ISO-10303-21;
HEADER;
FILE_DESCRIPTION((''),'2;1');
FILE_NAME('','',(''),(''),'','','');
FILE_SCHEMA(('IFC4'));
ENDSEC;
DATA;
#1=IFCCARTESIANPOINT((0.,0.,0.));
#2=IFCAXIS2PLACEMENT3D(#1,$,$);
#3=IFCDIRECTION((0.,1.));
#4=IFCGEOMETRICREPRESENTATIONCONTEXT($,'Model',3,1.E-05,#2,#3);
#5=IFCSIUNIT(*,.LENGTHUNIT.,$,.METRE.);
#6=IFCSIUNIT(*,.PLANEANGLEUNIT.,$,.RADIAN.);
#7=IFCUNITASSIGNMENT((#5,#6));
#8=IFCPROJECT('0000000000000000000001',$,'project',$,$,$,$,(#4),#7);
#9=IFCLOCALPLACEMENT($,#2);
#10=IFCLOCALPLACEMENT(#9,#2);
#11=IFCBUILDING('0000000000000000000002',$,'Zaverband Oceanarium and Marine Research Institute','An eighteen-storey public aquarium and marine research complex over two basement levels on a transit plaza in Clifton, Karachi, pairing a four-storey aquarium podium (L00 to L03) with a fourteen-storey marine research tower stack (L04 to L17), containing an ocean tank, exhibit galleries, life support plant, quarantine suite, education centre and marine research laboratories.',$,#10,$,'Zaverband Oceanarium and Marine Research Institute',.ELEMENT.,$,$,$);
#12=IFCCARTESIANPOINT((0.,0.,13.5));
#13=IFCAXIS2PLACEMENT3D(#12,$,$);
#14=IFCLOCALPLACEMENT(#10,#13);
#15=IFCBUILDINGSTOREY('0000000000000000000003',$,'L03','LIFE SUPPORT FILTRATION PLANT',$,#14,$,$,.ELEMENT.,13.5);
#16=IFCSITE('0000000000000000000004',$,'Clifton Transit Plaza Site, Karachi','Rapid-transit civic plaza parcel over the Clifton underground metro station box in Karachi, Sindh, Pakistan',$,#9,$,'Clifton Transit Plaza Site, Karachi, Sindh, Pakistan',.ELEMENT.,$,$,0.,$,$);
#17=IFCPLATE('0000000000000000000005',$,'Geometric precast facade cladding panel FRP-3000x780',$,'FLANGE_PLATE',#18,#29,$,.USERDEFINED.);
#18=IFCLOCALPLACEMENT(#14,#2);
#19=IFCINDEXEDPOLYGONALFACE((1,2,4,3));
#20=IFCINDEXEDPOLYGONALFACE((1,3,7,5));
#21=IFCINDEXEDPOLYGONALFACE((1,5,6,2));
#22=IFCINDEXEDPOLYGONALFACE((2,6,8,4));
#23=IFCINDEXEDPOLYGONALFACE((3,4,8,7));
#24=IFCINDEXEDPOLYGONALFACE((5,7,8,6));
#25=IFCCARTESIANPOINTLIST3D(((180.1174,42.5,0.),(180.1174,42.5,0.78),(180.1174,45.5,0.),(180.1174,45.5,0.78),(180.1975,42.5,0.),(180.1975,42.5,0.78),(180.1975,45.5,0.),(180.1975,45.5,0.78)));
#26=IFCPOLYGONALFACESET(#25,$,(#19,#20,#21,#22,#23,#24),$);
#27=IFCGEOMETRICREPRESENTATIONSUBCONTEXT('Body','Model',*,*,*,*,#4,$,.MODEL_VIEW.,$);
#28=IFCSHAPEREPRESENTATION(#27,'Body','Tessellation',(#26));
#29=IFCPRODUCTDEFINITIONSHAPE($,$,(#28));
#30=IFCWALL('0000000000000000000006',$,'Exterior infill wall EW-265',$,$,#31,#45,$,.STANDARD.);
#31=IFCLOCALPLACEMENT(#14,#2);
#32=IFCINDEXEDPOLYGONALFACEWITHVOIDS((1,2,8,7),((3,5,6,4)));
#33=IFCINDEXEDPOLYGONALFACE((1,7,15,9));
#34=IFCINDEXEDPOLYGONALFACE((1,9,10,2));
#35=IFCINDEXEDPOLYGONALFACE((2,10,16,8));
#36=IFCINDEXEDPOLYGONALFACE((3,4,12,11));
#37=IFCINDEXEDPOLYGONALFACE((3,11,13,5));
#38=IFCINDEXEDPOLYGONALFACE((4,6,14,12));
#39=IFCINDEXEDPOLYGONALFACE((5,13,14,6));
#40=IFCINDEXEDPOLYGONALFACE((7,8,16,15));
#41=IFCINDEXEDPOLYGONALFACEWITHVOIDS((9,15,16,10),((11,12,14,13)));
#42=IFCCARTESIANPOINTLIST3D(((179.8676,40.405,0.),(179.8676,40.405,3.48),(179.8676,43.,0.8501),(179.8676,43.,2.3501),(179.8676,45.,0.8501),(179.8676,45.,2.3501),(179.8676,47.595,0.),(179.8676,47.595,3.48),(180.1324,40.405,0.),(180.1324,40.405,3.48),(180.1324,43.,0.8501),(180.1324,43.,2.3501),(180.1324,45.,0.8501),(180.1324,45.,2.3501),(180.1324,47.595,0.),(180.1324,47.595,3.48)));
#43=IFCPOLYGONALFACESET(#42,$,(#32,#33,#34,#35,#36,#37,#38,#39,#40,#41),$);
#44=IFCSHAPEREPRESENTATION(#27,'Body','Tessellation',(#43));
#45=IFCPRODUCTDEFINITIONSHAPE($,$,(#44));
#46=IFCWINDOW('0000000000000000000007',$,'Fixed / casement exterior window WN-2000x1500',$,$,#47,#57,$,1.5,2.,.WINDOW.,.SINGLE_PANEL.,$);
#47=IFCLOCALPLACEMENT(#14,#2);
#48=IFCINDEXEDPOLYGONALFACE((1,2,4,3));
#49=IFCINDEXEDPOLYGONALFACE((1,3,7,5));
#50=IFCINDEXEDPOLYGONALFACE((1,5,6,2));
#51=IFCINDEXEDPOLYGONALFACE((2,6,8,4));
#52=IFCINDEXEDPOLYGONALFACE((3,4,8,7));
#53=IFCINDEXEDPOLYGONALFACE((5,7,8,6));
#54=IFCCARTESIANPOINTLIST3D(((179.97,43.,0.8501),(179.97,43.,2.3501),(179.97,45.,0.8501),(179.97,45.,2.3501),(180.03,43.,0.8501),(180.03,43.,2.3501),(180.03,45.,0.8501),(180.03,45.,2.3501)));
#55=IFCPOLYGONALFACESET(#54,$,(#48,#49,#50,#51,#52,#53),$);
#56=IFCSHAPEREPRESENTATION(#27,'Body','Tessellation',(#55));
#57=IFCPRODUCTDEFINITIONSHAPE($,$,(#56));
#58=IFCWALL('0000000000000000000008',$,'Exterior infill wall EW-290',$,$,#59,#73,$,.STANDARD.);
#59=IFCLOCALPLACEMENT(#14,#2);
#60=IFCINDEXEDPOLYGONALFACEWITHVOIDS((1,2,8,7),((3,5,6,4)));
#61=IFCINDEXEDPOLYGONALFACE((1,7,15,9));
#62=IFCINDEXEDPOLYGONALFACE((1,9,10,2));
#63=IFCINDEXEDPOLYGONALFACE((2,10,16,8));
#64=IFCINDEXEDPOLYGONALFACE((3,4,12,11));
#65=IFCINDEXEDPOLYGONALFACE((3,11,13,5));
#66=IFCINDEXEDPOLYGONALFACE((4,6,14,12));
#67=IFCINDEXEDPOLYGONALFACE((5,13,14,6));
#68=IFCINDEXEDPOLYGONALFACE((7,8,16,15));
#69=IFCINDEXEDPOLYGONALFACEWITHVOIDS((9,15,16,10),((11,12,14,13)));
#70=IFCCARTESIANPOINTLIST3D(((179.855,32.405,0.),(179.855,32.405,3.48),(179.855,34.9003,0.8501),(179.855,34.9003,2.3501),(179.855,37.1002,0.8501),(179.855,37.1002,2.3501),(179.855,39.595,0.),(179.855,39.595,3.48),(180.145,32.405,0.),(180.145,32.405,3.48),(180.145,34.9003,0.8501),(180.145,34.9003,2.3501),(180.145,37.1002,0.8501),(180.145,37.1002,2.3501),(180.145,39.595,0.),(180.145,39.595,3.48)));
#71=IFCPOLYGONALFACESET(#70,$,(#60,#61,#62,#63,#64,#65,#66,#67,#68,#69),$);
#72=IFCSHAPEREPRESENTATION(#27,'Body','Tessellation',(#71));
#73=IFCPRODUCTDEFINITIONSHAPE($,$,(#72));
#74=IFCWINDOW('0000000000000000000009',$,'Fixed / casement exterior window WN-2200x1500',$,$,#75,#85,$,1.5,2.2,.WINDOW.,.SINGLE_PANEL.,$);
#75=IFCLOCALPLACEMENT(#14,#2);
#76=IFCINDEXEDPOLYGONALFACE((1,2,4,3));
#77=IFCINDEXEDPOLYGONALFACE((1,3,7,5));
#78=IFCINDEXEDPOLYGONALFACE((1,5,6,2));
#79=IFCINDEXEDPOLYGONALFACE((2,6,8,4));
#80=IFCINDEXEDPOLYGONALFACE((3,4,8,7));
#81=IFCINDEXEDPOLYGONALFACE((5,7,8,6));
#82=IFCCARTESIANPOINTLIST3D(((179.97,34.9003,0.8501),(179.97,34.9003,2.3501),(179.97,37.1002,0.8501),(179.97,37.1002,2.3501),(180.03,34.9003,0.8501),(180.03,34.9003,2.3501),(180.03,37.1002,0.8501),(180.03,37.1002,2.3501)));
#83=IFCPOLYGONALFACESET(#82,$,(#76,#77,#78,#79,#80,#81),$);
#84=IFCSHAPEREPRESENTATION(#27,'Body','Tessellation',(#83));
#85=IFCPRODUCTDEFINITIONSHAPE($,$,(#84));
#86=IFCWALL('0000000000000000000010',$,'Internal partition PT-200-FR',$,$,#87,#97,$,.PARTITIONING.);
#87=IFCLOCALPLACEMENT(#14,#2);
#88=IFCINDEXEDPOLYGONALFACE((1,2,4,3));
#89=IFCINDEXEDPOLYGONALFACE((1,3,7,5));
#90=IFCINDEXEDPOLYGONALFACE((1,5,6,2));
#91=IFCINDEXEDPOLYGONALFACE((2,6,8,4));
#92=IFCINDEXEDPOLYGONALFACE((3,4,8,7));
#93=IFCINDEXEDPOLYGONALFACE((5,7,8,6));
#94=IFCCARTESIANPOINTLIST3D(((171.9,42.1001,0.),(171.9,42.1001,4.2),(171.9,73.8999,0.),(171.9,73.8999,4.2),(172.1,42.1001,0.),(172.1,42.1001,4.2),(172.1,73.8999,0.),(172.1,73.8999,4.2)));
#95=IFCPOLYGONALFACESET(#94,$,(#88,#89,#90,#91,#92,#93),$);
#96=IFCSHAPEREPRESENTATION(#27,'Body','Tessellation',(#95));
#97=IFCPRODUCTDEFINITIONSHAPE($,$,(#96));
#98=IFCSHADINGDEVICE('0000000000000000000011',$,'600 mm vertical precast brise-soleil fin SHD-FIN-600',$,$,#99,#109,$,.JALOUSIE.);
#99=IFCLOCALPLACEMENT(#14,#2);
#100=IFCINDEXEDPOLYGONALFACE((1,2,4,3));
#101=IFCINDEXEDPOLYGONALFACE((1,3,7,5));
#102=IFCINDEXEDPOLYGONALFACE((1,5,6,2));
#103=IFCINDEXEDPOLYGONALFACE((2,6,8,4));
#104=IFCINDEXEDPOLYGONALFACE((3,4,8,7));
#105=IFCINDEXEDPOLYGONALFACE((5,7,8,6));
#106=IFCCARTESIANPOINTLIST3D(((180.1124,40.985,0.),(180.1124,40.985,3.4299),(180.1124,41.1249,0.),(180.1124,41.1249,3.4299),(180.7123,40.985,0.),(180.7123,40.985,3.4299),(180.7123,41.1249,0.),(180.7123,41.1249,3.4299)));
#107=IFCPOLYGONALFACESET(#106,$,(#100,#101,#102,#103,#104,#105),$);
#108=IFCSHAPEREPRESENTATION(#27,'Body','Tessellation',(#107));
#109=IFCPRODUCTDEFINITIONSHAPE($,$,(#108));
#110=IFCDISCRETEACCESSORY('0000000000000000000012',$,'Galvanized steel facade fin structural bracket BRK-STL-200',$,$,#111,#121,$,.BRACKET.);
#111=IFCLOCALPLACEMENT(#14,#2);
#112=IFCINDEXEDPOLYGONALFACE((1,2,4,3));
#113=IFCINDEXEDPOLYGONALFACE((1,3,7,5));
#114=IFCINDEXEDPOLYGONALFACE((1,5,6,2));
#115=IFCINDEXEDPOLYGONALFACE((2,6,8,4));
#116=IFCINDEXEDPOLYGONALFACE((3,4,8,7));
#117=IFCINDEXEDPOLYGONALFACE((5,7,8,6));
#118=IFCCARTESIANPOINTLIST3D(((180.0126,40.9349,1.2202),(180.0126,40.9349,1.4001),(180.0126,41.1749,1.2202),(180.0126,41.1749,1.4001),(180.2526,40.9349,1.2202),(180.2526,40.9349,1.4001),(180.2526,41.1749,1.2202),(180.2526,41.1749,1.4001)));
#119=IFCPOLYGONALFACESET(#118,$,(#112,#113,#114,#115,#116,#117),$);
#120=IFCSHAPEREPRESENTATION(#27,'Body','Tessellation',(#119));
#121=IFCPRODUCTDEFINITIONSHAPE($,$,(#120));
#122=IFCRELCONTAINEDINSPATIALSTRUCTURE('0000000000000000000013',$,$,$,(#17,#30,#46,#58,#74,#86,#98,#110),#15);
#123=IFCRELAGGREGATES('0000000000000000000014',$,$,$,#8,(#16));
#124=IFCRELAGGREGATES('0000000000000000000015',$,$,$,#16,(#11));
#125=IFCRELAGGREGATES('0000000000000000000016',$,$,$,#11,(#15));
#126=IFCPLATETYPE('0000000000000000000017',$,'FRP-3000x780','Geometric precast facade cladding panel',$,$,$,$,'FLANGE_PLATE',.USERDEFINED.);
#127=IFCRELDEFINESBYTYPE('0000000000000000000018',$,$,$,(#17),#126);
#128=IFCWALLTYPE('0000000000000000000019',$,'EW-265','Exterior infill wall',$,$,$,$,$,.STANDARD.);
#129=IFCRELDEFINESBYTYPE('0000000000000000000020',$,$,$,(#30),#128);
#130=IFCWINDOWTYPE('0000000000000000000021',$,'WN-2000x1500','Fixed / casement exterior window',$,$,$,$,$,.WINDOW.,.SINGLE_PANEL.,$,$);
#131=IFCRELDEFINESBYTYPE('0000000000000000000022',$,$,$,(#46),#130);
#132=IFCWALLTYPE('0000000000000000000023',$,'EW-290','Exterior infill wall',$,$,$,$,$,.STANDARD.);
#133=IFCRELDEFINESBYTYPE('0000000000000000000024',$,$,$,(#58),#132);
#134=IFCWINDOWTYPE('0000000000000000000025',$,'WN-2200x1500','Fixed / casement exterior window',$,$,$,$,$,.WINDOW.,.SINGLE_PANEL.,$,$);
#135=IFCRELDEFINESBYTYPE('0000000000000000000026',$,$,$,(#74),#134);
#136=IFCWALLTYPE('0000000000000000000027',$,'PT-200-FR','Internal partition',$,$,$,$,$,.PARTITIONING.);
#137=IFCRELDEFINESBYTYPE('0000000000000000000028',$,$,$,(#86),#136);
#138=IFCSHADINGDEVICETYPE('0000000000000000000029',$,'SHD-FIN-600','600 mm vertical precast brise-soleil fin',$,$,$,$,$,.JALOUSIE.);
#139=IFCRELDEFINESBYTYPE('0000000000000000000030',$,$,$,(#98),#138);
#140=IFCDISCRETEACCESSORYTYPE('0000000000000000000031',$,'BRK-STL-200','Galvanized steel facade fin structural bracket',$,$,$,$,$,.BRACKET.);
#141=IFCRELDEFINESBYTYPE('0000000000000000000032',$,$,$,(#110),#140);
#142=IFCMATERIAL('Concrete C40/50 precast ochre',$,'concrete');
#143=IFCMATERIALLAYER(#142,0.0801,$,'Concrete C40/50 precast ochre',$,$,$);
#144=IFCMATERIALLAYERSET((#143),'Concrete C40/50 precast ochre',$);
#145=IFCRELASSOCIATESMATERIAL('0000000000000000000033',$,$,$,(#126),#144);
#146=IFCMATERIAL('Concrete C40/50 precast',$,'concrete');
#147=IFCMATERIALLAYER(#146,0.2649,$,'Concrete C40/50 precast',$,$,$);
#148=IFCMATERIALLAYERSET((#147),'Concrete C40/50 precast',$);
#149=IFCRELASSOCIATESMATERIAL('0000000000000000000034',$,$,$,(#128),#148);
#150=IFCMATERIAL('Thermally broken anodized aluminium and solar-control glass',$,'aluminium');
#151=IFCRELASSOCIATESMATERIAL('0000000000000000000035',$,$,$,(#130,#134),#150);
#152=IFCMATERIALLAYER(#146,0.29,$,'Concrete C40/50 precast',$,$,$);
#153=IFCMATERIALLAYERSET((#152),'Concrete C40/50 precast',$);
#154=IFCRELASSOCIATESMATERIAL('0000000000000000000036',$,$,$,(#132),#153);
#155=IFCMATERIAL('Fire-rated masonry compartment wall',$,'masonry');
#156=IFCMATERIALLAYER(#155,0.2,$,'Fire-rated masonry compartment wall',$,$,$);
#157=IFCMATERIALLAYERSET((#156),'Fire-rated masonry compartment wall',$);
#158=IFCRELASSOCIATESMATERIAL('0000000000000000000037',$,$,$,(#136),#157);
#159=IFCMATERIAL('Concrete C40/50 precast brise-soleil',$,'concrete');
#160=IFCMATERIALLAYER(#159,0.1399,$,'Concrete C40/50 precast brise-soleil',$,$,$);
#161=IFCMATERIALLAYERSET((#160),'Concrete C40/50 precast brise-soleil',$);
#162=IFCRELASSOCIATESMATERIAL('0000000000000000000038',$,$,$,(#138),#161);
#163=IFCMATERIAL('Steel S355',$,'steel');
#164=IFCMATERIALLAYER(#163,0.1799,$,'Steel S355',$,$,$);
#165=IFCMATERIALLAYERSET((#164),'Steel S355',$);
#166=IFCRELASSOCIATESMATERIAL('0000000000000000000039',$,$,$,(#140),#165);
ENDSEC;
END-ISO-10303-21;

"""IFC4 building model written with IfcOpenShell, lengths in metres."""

from ifc_helpers import new_model, si_unit, direction, frame, frame_2d, origin, origin_2d, place, context, subcontext, project, spatial, rectangle, extrude, material, layer, layer_set, type_object, element, fill, save


model = new_model("IFC4")

# Units and contexts
model_context = context("Model", 3, precision=1e-05, world=origin(), true_north=direction((0.0, 1.0)))
body_context = subcontext(model_context, "Body", "Model", "MODEL_VIEW")
ifc_project = project(units=[si_unit("LENGTHUNIT", "METRE"), si_unit("PLANEANGLEUNIT", "RADIAN")], contexts=[model_context])

# Site, building, storey
site_placement = place(None, origin())
site = spatial("IfcSite", under=ifc_project, at=site_placement, Name="Clifton Transit Plaza Site, Karachi", Description="Rapid-transit civic plaza parcel over the Clifton underground metro station box in Karachi, Sindh, Pakistan", LongName="Clifton Transit Plaza Site, Karachi, Sindh, Pakistan", CompositionType="ELEMENT", RefElevation=0.0)
building_placement = place(site_placement, origin())
building = spatial("IfcBuilding", under=site, at=building_placement, Name="Zaverband Oceanarium and Marine Research Institute", Description="An eighteen-storey public aquarium and marine research complex over two basement levels on a transit plaza in Clifton, Karachi, pairing a four-storey aquarium podium (L00 to L03) with a fourteen-storey marine research tower stack (L04 to L17), containing an ocean tank, exhibit galleries, life support plant, quarantine suite, education centre and marine research laboratories.", LongName="Zaverband Oceanarium and Marine Research Institute", CompositionType="ELEMENT")
storey_placement = place(building_placement, frame((0.0, 0.0, 13.5)))
storey = spatial("IfcBuildingStorey", under=building, at=storey_placement, Name="L03", Description="LIFE SUPPORT FILTRATION PLANT", CompositionType="ELEMENT", Elevation=13.5)

# Plate
ifc_material_1 = material(Name="Concrete C40/50 precast ochre", Category="concrete")
ifc_layer_1 = layer(ifc_material_1, 0.0801, Name="Concrete C40/50 precast ochre")
ifc_layer_set_1 = layer_set([ifc_layer_1], Name="Concrete C40/50 precast ochre")
plate_type = type_object("IfcPlateType", Name="FRP-3000x780", Description="Geometric precast facade cladding panel", ElementType="FLANGE_PLATE", PredefinedType="USERDEFINED", material=ifc_layer_set_1)
plate_placement = place(storey_placement, frame((180.1575, 42.5, 0.0), z_axis=(0.0, 0.0, 1.0), x_axis=(0.0, 1.0, 0.0)))
element("IfcPlate", 1, at=plate_placement, inside=storey, type_object=plate_type, Name="Geometric precast facade cladding panel FRP-3000x780", ObjectType="FLANGE_PLATE", PredefinedType="USERDEFINED", context=body_context, shape_type="SweptSolid", body=[
    extrude(rectangle(XDim=3.0, YDim=0.0801, at=frame_2d((1.5, 0.0))), origin(), (0.0, 0.0, 1.0), 0.78),
])

# Walls, openings, windows
ifc_material_2 = material(Name="Concrete C40/50 precast", Category="concrete")
ifc_layer_2 = layer(ifc_material_2, 0.2649, Name="Concrete C40/50 precast")
ifc_layer_set_2 = layer_set([ifc_layer_2], Name="Concrete C40/50 precast")
wall_type_1 = type_object("IfcWallType", Name="EW-265", Description="Exterior infill wall", PredefinedType="STANDARD", material=ifc_layer_set_2)
wall_1_placement = place(storey_placement, frame((180.0, 40.405, 0.0), z_axis=(0.0, 0.0, 1.0), x_axis=(0.0, 1.0, 0.0)))
wall_1 = element("IfcWall", 2, at=wall_1_placement, inside=storey, type_object=wall_type_1, Name="Exterior infill wall EW-265", PredefinedType="STANDARD", context=body_context, shape_type="SweptSolid", body=[
    extrude(rectangle(XDim=7.1899, YDim=0.2649, at=frame_2d((3.595, 0.0))), origin(), (0.0, 0.0, 1.0), 3.48),
])
opening_1_placement = place(wall_1_placement, frame((2.595, 0.0, 0.8501)))
opening_1 = element("IfcOpeningElement", 3, at=opening_1_placement, cuts=wall_1, PredefinedType="OPENING", context=body_context, shape_type="SweptSolid", body=[
    extrude(rectangle(XDim=2.0, YDim=1.5, at=frame_2d((1.0, 0.75))), frame((0.0, 0.1445, 0.0), z_axis=(0.0, -1.0, 0.0), x_axis=(1.0, 0.0, 0.0)), (0.0, 0.0, 1.0), 0.2888),
])
ifc_material_3 = material(Name="Thermally broken anodized aluminium and solar-control glass", Category="aluminium")
window_type_1 = type_object("IfcWindowType", Name="WN-2000x1500", Description="Fixed / casement exterior window", PartitioningType="SINGLE_PANEL", PredefinedType="WINDOW", material=ifc_material_3)
window_1_placement = place(opening_1_placement, origin())
window_1 = element("IfcWindow", 4, at=window_1_placement, inside=storey, type_object=window_type_1, Name="Fixed / casement exterior window WN-2000x1500", OverallHeight=1.5, OverallWidth=2.0, PartitioningType="SINGLE_PANEL", PredefinedType="WINDOW", context=body_context, shape_type="SweptSolid", body=[
    extrude(rectangle(XDim=2.0, YDim=1.5, at=frame_2d((1.0, 0.75))), frame((0.0, 0.03, 0.0), z_axis=(0.0, -1.0, 0.0), x_axis=(1.0, 0.0, 0.0)), (0.0, 0.0, 1.0), 0.0601),
])
fill(opening_1, window_1)
ifc_layer_3 = layer(ifc_material_2, 0.29, Name="Concrete C40/50 precast")
ifc_layer_set_3 = layer_set([ifc_layer_3], Name="Concrete C40/50 precast")
wall_type_2 = type_object("IfcWallType", Name="EW-290", Description="Exterior infill wall", PredefinedType="STANDARD", material=ifc_layer_set_3)
wall_2_placement = place(storey_placement, frame((180.0, 32.405, 0.0), z_axis=(0.0, 0.0, 1.0), x_axis=(0.0, 1.0, 0.0)))
wall_2 = element("IfcWall", 5, at=wall_2_placement, inside=storey, type_object=wall_type_2, Name="Exterior infill wall EW-290", PredefinedType="STANDARD", context=body_context, shape_type="SweptSolid", body=[
    extrude(rectangle(XDim=7.1899, YDim=0.29, at=frame_2d((3.595, 0.0))), origin(), (0.0, 0.0, 1.0), 3.48),
])
opening_2_placement = place(wall_2_placement, frame((2.4951, 0.0, 0.8501)))
opening_2 = element("IfcOpeningElement", 6, at=opening_2_placement, cuts=wall_2, PredefinedType="OPENING", context=body_context, shape_type="SweptSolid", body=[
    extrude(rectangle(XDim=2.2, YDim=1.5, at=frame_2d((1.1001, 0.75))), frame((0.0, 0.157, 0.0), z_axis=(0.0, -1.0, 0.0), x_axis=(1.0, 0.0, 0.0)), (0.0, 0.0, 1.0), 0.314),
])
window_type_2 = type_object("IfcWindowType", Name="WN-2200x1500", Description="Fixed / casement exterior window", PartitioningType="SINGLE_PANEL", PredefinedType="WINDOW", material=ifc_material_3)
window_2_placement = place(opening_2_placement, origin())
window_2 = element("IfcWindow", 7, at=window_2_placement, inside=storey, type_object=window_type_2, Name="Fixed / casement exterior window WN-2200x1500", OverallHeight=1.5, OverallWidth=2.2, PartitioningType="SINGLE_PANEL", PredefinedType="WINDOW", context=body_context, shape_type="SweptSolid", body=[
    extrude(rectangle(XDim=2.2, YDim=1.5, at=frame_2d((1.1001, 0.75))), frame((0.0, 0.03, 0.0), z_axis=(0.0, -1.0, 0.0), x_axis=(1.0, 0.0, 0.0)), (0.0, 0.0, 1.0), 0.0601),
])
fill(opening_2, window_2)

# Wall
ifc_material_4 = material(Name="Fire-rated masonry compartment wall", Category="masonry")
ifc_layer_4 = layer(ifc_material_4, 0.2, Name="Fire-rated masonry compartment wall")
ifc_layer_set_4 = layer_set([ifc_layer_4], Name="Fire-rated masonry compartment wall")
wall_type_3 = type_object("IfcWallType", Name="PT-200-FR", Description="Internal partition", PredefinedType="PARTITIONING", material=ifc_layer_set_4)
wall_3_placement = place(storey_placement, frame((172.0, 42.1001, 0.0), z_axis=(0.0, 0.0, 1.0), x_axis=(0.0, 1.0, 0.0)))
element("IfcWall", 8, at=wall_3_placement, inside=storey, type_object=wall_type_3, Name="Internal partition PT-200-FR", PredefinedType="PARTITIONING", context=body_context, shape_type="SweptSolid", body=[
    extrude(rectangle(XDim=31.7998, YDim=0.2, at=frame_2d((15.8999, 0.0))), origin(), (0.0, 0.0, 1.0), 4.2),
])

# Shading device
ifc_material_5 = material(Name="Concrete C40/50 precast brise-soleil", Category="concrete")
ifc_layer_5 = layer(ifc_material_5, 0.1399, Name="Concrete C40/50 precast brise-soleil")
ifc_layer_set_5 = layer_set([ifc_layer_5], Name="Concrete C40/50 precast brise-soleil")
shading_device_type = type_object("IfcShadingDeviceType", Name="SHD-FIN-600", Description="600 mm vertical precast brise-soleil fin", PredefinedType="JALOUSIE", material=ifc_layer_set_5)
shading_device_placement = place(storey_placement, frame((180.1125, 41.0549, 0.0), z_axis=(0.0, 0.0, 1.0), x_axis=(1.0, 0.0, 0.0)))
element("IfcShadingDevice", 9, at=shading_device_placement, inside=storey, type_object=shading_device_type, Name="600 mm vertical precast brise-soleil fin SHD-FIN-600", PredefinedType="JALOUSIE", context=body_context, shape_type="SweptSolid", body=[
    extrude(rectangle(XDim=0.5999, YDim=0.1399, at=frame_2d((0.2998, 0.0))), origin(), (0.0, 0.0, 1.0), 3.4299),
])

# Discrete accessory
ifc_material_6 = material(Name="Steel S355", Category="steel")
ifc_layer_6 = layer(ifc_material_6, 0.1799, Name="Steel S355")
ifc_layer_set_6 = layer_set([ifc_layer_6], Name="Steel S355")
discrete_accessory_type = type_object("IfcDiscreteAccessoryType", Name="BRK-STL-200", Description="Galvanized steel facade fin structural bracket", PredefinedType="BRACKET", material=ifc_layer_set_6)
discrete_accessory_placement = place(storey_placement, frame((180.1326, 41.0549, 1.2202), z_axis=(0.0, 0.0, 1.0), x_axis=(1.0, 0.0, 0.0)))
element("IfcDiscreteAccessory", 10, at=discrete_accessory_placement, inside=storey, type_object=discrete_accessory_type, Name="Galvanized steel facade fin structural bracket BRK-STL-200", PredefinedType="BRACKET", context=body_context, shape_type="SweptSolid", body=[
    extrude(rectangle(XDim=0.24, YDim=0.24, at=origin_2d()), origin(), (0.0, 0.0, 1.0), 0.1799),
])

save(model, "model.ifc")
